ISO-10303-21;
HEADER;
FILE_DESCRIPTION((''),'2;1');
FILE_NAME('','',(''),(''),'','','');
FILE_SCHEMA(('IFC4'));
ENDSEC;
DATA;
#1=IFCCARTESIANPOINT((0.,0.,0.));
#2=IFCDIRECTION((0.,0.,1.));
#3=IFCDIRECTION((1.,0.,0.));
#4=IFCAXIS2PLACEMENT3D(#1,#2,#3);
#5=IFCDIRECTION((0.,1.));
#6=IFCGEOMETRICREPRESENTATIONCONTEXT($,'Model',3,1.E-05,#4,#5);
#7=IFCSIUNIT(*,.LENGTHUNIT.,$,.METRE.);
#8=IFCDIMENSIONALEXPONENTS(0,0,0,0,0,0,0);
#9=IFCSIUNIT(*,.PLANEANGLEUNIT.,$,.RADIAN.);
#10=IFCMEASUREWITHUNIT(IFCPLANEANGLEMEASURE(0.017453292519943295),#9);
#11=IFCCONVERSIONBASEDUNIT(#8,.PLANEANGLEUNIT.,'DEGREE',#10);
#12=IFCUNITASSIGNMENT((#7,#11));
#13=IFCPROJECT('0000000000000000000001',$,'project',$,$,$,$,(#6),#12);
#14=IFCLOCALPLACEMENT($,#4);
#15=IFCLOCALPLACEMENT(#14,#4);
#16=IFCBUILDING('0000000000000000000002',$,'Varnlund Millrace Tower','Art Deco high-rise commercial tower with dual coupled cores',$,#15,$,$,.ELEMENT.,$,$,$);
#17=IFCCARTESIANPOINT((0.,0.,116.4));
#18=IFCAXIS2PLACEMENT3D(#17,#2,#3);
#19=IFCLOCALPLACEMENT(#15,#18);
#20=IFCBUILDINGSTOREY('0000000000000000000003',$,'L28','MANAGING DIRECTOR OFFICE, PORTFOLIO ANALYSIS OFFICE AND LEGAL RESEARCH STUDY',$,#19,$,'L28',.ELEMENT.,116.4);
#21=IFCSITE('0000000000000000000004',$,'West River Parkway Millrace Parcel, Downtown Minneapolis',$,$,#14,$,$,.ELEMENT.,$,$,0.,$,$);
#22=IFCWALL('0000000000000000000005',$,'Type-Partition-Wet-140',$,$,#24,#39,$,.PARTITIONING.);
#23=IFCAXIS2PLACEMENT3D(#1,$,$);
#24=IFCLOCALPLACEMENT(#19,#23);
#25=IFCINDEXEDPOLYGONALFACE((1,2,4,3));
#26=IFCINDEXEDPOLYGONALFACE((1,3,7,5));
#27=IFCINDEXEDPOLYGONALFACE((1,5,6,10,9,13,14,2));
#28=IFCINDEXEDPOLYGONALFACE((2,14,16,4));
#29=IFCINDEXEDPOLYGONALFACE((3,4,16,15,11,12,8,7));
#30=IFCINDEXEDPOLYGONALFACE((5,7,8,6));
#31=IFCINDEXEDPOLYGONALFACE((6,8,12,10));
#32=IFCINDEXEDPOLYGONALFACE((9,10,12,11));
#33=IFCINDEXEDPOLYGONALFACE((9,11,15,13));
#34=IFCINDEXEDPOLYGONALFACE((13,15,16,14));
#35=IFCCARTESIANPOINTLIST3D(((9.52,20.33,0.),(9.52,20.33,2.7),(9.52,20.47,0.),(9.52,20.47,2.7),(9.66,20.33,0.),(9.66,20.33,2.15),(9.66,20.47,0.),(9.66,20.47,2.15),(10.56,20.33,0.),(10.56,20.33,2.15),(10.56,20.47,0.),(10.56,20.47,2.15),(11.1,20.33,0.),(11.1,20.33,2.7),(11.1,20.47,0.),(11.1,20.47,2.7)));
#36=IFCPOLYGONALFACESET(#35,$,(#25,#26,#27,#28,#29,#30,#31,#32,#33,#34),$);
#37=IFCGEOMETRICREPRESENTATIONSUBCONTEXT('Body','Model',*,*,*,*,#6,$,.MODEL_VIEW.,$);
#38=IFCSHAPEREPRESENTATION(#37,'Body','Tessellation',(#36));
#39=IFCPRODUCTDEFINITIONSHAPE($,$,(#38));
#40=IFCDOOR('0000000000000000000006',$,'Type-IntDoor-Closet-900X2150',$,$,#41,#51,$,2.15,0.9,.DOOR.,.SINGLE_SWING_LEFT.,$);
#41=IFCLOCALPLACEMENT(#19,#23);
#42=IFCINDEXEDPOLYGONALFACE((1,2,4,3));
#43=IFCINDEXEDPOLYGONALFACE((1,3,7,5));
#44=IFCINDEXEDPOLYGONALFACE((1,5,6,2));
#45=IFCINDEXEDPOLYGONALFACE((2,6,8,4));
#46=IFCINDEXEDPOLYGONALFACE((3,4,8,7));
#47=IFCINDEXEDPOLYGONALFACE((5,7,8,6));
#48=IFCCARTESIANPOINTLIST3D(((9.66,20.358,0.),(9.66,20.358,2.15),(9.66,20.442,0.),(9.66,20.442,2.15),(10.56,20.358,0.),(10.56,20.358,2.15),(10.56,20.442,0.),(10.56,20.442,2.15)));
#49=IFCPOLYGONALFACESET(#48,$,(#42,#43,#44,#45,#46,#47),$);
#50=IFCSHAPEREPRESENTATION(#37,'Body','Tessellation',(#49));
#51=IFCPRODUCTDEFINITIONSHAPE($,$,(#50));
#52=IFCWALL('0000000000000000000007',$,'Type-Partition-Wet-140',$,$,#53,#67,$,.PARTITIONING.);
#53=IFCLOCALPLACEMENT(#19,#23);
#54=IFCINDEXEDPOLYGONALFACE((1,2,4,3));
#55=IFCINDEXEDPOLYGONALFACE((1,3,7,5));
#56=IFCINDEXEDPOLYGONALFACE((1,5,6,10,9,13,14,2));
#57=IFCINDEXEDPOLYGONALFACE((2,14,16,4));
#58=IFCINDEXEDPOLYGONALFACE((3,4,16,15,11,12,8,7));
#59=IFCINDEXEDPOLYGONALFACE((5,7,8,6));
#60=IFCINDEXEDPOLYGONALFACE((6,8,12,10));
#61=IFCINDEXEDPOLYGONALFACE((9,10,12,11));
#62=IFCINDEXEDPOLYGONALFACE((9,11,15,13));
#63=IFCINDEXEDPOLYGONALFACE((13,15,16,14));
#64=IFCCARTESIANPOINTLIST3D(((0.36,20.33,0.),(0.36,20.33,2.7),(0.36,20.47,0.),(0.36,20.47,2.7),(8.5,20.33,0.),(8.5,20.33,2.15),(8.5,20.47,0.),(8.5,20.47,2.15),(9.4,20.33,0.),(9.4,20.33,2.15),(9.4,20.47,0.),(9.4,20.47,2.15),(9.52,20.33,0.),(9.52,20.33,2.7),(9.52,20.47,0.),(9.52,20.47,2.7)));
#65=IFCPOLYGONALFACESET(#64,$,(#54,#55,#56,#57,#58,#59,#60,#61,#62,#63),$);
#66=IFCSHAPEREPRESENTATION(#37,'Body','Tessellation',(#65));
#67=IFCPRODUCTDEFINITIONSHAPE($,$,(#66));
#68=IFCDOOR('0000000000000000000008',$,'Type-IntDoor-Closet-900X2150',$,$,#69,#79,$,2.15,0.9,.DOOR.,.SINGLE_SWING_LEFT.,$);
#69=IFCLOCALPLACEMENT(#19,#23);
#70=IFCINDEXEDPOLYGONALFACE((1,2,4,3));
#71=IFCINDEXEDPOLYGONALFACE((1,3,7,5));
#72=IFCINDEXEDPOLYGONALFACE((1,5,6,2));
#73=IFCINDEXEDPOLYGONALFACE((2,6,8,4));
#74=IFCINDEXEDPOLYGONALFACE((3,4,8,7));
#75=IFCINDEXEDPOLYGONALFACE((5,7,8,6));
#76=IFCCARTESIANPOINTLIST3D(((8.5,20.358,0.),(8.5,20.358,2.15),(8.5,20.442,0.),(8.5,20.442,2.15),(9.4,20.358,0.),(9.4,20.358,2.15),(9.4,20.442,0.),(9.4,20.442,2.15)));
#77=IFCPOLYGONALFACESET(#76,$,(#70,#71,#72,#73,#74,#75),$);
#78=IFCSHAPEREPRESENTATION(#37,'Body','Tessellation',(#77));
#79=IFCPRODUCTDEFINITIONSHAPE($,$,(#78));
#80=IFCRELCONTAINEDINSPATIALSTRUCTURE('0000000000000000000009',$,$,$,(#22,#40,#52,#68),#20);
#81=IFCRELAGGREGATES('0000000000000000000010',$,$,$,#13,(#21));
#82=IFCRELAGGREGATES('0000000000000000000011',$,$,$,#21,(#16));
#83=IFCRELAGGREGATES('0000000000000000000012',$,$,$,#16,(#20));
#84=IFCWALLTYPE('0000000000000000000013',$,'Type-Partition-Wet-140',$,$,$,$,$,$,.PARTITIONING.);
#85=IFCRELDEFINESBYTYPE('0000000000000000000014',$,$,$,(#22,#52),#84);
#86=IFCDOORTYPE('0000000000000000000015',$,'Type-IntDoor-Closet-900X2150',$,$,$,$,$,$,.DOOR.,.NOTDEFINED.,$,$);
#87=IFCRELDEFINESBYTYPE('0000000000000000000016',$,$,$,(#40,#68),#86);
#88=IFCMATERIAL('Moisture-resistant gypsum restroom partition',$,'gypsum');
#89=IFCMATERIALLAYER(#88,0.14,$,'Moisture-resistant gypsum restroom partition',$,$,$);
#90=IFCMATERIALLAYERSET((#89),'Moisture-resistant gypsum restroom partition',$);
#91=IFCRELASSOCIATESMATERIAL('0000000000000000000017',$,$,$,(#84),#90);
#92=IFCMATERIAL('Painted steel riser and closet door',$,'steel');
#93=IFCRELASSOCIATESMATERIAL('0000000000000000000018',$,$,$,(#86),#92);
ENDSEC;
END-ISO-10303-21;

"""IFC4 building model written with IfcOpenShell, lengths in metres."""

from ifc_helpers import new_model, entity, si_unit, converted_unit, direction, frame, origin_with_axes, origin_2d_with_axis, place, context, subcontext, project, spatial, polyline, rectangle, outline, extrude, material, layer, layer_set, type_object, element, fill, save


model = new_model("IFC4")

# Units and contexts
model_context = context("Model", 3, precision=1e-05, world=origin_with_axes(), true_north=direction((0.0, 1.0)))
body_context = subcontext(model_context, "Body", "Model", "MODEL_VIEW")
ifc_project = project(units=[si_unit("LENGTHUNIT", "METRE"), converted_unit("PLANEANGLEUNIT", "DEGREE", entity("IfcPlaneAngleMeasure", 0.017453292519943295), si_unit("PLANEANGLEUNIT", "RADIAN"), dimensions=[0, 0, 0, 0, 0, 0, 0])], contexts=[model_context])

# Site, building, storey
site_placement = place(None, origin_with_axes())
site = spatial("IfcSite", under=ifc_project, at=site_placement, Name="West River Parkway Millrace Parcel, Downtown Minneapolis", CompositionType="ELEMENT", RefElevation=0.0)
building_placement = place(site_placement, origin_with_axes())
building = spatial("IfcBuilding", under=site, at=building_placement, Name="Varnlund Millrace Tower", Description="Art Deco high-rise commercial tower with dual coupled cores", CompositionType="ELEMENT")
storey_placement = place(building_placement, frame((0.0, 0.0, 116.4), z_axis=(0.0, 0.0, 1.0), x_axis=(1.0, 0.0, 0.0)))
storey = spatial("IfcBuildingStorey", under=building, at=storey_placement, Name="L28", Description="MANAGING DIRECTOR OFFICE, PORTFOLIO ANALYSIS OFFICE AND LEGAL RESEARCH STUDY", LongName="L28", CompositionType="ELEMENT", Elevation=116.4)

# Shared definitions
ifc_material_1 = material(Name="Moisture-resistant gypsum restroom partition", Category="gypsum")
ifc_layer_1 = layer(ifc_material_1, 0.14, Name="Moisture-resistant gypsum restroom partition")
ifc_layer_set_1 = layer_set([ifc_layer_1], Name="Moisture-resistant gypsum restroom partition")
wall_type_1 = type_object("IfcWallType", Name="Type-Partition-Wet-140", PredefinedType="PARTITIONING", material=ifc_layer_set_1)

# Walls, openings, doors
wall_1_placement = place(storey_placement, frame((9.52, 20.4, 0.0), z_axis=(0.0, 0.0, 1.0), x_axis=(1.0, 0.0, 0.0)))
wall_1 = element("IfcWall", 1, at=wall_1_placement, inside=storey, type_object=wall_type_1, Name="Type-Partition-Wet-140", PredefinedType="PARTITIONING", context=body_context, shape_type="SweptSolid", body=[
    extrude(outline(polyline([(0.0, -0.07), (1.58, -0.07), (1.58, 0.07), (0.0, 0.07), (0.0, -0.07)])), origin_with_axes(), (0.0, 0.0, 1.0), 2.7),
])
opening_1_placement = place(wall_1_placement, frame((0.59, 0.0, 0.0), z_axis=(0.0, 0.0, 1.0), x_axis=(1.0, 0.0, 0.0)))
opening_1 = element("IfcOpeningElement", 2, at=opening_1_placement, cuts=wall_1, PredefinedType="OPENING", context=body_context, shape_type="SweptSolid", body=[
    extrude(rectangle(XDim=0.9, YDim=0.16, at=origin_2d_with_axis()), origin_with_axes(), (0.0, 0.0, 1.0), 2.15),
])
ifc_material_2 = material(Name="Painted steel riser and closet door", Category="steel")
door_type_1 = type_object("IfcDoorType", Name="Type-IntDoor-Closet-900X2150", OperationType="NOTDEFINED", PredefinedType="DOOR", material=ifc_material_2)
door_1_placement = place(wall_1_placement, frame((0.59, 0.0, 0.0), z_axis=(0.0, 0.0, 1.0), x_axis=(1.0, 0.0, 0.0)))
door_1 = element("IfcDoor", 3, at=door_1_placement, inside=storey, type_object=door_type_1, Name="Type-IntDoor-Closet-900X2150", OperationType="SINGLE_SWING_LEFT", OverallHeight=2.15, OverallWidth=0.9, PredefinedType="DOOR", context=body_context, shape_type="SweptSolid", body=[
    extrude(rectangle(XDim=0.9, YDim=0.084, at=origin_2d_with_axis()), origin_with_axes(), (0.0, 0.0, 1.0), 2.15),
])
fill(opening_1, door_1)
wall_2_placement = place(storey_placement, frame((0.36, 20.4, 0.0), z_axis=(0.0, 0.0, 1.0), x_axis=(1.0, 0.0, 0.0)))
wall_2 = element("IfcWall", 4, at=wall_2_placement, inside=storey, type_object=wall_type_1, Name="Type-Partition-Wet-140", PredefinedType="PARTITIONING", context=body_context, shape_type="SweptSolid", body=[
    extrude(outline(polyline([(0.0, -0.07), (9.16, -0.07), (9.16, 0.07), (0.0, 0.07), (0.0, -0.07)])), origin_with_axes(), (0.0, 0.0, 1.0), 2.7),
])
opening_2_placement = place(wall_2_placement, frame((8.59, 0.0, 0.0), z_axis=(0.0, 0.0, 1.0), x_axis=(1.0, 0.0, 0.0)))
opening_2 = element("IfcOpeningElement", 5, at=opening_2_placement, cuts=wall_2, PredefinedType="OPENING", context=body_context, shape_type="SweptSolid", body=[
    extrude(rectangle(XDim=0.9, YDim=0.16, at=origin_2d_with_axis()), origin_with_axes(), (0.0, 0.0, 1.0), 2.15),
])
door_2_placement = place(wall_2_placement, frame((8.59, 0.0, 0.0), z_axis=(0.0, 0.0, 1.0), x_axis=(1.0, 0.0, 0.0)))
door_2 = element("IfcDoor", 6, at=door_2_placement, inside=storey, type_object=door_type_1, Name="Type-IntDoor-Closet-900X2150", OperationType="SINGLE_SWING_LEFT", OverallHeight=2.15, OverallWidth=0.9, PredefinedType="DOOR", context=body_context, shape_type="SweptSolid", body=[
    extrude(rectangle(XDim=0.9, YDim=0.084, at=origin_2d_with_axis()), origin_with_axes(), (0.0, 0.0, 1.0), 2.15),
])
fill(opening_2, door_2)

save(model, "model.ifc")
